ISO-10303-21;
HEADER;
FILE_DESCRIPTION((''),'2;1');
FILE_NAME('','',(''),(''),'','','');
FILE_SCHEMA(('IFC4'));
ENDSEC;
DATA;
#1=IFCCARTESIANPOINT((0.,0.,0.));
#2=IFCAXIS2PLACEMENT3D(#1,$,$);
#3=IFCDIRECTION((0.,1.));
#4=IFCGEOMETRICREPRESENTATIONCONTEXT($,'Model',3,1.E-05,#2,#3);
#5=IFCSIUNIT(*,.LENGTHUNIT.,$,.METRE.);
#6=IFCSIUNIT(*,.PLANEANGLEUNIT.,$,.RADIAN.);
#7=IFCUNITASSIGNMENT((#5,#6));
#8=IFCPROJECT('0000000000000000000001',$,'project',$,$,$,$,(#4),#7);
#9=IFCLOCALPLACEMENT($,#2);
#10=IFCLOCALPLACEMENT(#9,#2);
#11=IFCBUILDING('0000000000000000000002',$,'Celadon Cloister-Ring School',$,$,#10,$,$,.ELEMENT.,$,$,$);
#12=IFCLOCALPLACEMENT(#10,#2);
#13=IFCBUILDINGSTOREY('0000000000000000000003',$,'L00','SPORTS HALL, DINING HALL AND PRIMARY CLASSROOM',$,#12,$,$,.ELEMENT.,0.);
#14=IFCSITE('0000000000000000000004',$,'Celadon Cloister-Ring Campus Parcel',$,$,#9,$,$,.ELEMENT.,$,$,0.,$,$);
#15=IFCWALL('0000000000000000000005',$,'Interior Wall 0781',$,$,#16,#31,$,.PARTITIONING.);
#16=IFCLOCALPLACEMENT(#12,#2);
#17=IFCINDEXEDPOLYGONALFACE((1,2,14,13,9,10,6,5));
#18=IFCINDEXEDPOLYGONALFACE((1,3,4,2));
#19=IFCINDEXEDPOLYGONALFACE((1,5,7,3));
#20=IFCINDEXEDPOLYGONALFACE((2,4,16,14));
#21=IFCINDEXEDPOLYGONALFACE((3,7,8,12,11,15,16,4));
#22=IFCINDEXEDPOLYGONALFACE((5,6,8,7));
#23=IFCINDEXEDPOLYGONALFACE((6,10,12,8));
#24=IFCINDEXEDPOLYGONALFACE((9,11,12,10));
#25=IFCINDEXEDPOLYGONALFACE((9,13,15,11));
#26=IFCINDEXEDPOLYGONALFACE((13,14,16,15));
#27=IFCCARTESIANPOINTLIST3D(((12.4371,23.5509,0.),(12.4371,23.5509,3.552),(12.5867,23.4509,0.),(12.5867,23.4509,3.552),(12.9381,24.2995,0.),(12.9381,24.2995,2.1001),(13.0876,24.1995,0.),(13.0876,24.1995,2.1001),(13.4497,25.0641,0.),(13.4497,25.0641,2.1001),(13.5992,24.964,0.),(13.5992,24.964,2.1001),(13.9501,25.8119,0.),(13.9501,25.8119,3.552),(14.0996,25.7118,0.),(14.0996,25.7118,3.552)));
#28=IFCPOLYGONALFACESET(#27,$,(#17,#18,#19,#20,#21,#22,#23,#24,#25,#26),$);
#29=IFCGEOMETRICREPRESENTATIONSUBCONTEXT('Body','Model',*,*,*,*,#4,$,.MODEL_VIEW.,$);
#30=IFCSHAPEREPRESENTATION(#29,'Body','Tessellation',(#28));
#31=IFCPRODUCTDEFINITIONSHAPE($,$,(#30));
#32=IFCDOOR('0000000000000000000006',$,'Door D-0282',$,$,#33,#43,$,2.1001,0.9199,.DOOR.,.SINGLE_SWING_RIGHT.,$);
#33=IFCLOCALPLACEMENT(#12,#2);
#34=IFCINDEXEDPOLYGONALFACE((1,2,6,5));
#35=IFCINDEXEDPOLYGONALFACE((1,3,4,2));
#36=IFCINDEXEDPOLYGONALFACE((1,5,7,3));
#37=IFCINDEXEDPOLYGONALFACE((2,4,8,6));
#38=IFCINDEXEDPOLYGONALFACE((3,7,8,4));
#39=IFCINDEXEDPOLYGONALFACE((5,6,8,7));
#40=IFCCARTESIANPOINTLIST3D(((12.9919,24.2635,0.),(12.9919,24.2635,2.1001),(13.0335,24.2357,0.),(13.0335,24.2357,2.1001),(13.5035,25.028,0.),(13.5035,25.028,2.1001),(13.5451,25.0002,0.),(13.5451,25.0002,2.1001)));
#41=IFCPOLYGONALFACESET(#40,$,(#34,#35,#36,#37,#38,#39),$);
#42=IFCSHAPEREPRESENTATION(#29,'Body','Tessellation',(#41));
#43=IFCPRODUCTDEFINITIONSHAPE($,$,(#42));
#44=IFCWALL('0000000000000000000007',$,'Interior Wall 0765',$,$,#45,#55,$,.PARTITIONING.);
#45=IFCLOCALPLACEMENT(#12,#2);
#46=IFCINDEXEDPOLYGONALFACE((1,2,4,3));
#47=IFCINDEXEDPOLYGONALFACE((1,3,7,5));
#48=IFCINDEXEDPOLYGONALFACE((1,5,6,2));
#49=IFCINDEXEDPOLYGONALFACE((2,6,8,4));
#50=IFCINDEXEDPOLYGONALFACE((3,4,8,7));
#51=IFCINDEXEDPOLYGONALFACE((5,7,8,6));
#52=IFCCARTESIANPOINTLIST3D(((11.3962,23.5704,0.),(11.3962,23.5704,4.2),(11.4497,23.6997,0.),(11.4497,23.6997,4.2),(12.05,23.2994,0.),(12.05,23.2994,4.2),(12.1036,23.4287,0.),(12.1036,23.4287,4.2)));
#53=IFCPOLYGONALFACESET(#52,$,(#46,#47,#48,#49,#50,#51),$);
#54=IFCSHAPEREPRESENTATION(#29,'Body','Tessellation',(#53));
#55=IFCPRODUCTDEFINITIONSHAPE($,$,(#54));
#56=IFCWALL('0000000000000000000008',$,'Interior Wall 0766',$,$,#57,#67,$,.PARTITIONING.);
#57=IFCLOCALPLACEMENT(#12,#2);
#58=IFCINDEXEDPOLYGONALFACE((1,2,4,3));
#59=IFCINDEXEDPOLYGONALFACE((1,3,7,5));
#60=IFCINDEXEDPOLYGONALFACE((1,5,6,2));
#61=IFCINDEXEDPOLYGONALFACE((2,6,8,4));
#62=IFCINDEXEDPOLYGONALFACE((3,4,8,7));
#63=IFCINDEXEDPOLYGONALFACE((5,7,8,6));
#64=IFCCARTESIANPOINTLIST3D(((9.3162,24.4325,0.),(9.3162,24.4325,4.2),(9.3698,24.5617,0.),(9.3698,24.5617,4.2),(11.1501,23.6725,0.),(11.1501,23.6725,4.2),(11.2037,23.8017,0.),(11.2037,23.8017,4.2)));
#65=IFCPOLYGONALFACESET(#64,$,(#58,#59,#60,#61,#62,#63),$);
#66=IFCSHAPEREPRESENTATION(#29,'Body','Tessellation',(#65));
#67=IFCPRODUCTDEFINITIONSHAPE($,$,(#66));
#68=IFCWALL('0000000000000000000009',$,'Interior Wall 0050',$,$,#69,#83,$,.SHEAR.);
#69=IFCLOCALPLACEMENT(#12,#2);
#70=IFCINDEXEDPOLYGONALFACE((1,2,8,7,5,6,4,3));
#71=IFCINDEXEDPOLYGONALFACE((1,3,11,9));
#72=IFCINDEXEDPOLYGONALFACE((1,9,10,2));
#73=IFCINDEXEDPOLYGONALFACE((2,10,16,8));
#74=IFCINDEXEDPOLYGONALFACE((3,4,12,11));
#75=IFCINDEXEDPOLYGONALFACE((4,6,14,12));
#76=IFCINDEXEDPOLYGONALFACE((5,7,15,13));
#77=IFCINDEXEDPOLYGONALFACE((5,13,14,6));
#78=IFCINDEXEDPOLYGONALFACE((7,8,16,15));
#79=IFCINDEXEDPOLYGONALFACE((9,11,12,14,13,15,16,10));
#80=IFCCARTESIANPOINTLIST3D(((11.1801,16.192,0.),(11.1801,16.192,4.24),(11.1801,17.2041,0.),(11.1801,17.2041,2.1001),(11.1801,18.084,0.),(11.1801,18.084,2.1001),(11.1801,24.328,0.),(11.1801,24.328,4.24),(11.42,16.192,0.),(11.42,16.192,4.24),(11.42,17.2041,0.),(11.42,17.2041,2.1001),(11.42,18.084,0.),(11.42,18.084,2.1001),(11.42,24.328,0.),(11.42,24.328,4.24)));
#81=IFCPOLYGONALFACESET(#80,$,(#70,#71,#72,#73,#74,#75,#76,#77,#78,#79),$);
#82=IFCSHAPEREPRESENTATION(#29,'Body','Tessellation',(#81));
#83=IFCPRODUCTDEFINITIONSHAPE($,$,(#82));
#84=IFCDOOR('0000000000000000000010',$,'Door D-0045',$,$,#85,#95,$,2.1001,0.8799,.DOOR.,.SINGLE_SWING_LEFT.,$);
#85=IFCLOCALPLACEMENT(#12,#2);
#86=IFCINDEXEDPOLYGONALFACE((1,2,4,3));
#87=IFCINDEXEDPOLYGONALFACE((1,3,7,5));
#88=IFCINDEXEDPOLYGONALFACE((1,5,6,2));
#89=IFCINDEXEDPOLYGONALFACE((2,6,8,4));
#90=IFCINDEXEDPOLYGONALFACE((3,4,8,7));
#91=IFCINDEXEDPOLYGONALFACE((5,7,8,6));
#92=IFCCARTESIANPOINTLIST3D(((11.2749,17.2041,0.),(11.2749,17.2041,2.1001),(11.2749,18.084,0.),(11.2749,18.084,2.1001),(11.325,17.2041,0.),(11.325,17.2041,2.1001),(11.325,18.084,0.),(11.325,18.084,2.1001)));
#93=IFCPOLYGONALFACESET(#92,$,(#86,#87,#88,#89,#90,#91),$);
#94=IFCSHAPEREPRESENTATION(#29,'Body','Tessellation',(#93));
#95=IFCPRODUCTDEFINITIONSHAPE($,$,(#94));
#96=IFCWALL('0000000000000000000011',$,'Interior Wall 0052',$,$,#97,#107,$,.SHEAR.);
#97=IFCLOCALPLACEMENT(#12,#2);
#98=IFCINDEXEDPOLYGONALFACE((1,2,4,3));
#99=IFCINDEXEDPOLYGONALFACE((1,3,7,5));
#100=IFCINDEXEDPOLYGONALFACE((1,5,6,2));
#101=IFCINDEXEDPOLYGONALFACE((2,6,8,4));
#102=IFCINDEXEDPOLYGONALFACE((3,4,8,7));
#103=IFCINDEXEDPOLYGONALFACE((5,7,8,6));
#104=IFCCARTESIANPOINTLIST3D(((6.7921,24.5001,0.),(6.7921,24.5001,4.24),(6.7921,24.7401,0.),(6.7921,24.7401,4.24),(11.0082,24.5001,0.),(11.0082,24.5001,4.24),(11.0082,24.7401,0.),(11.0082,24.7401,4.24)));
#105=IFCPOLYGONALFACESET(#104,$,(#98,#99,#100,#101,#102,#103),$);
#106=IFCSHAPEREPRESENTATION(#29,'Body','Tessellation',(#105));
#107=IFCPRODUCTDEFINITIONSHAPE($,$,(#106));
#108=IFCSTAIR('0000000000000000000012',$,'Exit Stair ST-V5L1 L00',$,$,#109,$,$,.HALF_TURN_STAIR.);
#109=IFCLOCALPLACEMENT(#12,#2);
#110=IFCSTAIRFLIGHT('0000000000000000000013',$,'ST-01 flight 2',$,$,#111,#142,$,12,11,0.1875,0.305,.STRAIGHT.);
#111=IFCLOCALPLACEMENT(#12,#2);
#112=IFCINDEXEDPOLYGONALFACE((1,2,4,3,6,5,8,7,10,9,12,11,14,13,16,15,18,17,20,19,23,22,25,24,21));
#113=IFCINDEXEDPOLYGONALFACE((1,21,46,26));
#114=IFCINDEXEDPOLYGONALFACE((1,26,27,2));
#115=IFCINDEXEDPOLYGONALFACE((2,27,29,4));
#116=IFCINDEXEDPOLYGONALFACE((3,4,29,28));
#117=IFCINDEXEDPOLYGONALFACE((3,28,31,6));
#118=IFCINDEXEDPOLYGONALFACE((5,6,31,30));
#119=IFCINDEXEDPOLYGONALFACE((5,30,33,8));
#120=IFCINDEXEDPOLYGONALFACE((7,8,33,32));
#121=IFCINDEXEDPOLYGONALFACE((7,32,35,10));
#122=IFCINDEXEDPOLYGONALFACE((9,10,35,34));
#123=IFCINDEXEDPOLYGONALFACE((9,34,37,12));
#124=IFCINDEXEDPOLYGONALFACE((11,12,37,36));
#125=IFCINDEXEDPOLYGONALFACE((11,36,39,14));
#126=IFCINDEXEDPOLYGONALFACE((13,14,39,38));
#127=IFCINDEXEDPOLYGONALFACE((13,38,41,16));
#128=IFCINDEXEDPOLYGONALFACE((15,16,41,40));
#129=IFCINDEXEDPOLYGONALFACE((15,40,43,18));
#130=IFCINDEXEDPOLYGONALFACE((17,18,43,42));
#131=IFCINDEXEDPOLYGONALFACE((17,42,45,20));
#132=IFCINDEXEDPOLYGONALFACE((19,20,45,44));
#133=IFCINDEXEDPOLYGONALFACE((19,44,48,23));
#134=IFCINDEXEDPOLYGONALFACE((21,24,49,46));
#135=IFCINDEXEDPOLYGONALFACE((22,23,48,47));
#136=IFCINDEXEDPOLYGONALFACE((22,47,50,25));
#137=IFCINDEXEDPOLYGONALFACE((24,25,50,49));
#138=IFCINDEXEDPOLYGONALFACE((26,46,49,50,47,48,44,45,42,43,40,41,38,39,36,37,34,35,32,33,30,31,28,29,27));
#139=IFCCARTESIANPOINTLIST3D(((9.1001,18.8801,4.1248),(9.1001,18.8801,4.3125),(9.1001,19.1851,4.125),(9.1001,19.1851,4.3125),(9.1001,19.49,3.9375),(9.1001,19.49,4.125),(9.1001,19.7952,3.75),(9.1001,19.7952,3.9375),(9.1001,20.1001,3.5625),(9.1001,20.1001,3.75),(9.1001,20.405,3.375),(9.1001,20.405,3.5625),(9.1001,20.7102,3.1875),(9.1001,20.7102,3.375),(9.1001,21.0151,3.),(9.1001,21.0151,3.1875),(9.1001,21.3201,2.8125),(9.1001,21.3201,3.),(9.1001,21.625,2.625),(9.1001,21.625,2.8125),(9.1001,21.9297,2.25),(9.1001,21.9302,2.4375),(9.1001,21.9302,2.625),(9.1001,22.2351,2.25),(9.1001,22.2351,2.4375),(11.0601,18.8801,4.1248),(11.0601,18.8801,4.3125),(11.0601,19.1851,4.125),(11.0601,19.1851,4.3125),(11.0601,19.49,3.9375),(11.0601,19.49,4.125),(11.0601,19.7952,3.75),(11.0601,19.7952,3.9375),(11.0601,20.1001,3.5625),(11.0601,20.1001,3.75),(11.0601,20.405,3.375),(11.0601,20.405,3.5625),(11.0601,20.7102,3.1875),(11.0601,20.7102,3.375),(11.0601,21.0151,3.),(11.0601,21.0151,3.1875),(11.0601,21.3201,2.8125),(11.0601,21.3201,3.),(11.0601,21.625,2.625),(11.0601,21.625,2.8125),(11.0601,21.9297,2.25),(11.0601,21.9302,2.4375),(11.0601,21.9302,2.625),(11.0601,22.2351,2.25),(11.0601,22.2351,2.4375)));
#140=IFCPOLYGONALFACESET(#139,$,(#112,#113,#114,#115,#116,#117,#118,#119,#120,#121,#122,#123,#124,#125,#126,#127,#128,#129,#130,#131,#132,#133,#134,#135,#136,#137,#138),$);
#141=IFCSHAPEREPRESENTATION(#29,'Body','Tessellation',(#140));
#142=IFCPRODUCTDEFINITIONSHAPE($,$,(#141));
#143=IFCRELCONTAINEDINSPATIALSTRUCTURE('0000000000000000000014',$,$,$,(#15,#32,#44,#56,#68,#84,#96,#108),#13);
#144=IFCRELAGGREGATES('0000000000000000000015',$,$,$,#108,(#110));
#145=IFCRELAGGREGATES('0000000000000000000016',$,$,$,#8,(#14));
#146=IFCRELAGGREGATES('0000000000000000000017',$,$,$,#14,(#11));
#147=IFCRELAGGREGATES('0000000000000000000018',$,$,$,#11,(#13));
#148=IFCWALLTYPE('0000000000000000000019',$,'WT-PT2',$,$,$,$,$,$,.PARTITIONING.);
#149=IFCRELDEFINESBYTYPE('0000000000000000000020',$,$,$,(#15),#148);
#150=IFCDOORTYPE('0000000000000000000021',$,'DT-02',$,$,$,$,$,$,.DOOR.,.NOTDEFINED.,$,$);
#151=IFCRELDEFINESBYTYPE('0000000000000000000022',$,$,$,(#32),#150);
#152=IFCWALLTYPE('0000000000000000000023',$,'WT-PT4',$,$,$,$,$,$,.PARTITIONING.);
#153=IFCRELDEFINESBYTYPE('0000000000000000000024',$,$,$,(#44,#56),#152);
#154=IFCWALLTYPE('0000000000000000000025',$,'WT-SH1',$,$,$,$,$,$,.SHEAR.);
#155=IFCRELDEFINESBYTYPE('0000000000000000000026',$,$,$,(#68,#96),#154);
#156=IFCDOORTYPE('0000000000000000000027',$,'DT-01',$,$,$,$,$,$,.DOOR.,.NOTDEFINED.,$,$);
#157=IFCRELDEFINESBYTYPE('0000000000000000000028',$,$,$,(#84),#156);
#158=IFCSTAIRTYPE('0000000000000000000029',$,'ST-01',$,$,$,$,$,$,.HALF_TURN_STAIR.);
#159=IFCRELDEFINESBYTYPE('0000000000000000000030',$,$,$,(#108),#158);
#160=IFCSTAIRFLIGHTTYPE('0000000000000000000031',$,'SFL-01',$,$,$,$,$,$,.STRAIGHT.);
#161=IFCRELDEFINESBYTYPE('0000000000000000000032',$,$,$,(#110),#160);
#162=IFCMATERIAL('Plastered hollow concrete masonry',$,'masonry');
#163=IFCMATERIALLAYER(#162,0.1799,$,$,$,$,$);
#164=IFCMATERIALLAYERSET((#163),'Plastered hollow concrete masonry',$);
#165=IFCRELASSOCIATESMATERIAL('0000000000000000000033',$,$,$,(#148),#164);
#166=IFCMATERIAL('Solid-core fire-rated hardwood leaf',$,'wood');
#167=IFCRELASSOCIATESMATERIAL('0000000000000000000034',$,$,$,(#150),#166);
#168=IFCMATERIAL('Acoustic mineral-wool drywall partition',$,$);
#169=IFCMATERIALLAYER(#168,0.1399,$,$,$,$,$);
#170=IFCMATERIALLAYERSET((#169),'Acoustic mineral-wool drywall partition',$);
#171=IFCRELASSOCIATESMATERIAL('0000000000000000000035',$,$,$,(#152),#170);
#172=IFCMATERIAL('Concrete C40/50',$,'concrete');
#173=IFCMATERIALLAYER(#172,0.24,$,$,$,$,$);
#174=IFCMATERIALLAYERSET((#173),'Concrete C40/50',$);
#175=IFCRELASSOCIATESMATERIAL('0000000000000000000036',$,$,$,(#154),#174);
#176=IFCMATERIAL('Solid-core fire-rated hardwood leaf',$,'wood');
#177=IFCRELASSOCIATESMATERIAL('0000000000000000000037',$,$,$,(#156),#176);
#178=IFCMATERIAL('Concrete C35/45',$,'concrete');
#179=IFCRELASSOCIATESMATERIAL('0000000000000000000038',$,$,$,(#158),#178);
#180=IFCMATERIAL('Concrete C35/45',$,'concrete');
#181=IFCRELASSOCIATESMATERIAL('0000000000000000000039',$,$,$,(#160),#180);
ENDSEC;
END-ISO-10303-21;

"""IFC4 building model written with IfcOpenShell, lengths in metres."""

from ifc_helpers import new_model, si_unit, direction, frame, frame_2d, origin, place, context, subcontext, project, spatial, polyline, rectangle, outline, extrude, material, layer, layer_set, type_object, element, fill, aggregate, save


model = new_model("IFC4")

# Units and contexts
model_context = context("Model", 3, precision=1e-05, world=origin(), true_north=direction((0.0, 1.0)))
body_context = subcontext(model_context, "Body", "Model", "MODEL_VIEW")
ifc_project = project(units=[si_unit("LENGTHUNIT", "METRE"), si_unit("PLANEANGLEUNIT", "RADIAN")], contexts=[model_context])

# Site, building, storey
site_placement = place(None, origin())
site = spatial("IfcSite", under=ifc_project, at=site_placement, Name="Celadon Cloister-Ring Campus Parcel", CompositionType="ELEMENT", RefElevation=0.0)
building_placement = place(site_placement, origin())
building = spatial("IfcBuilding", under=site, at=building_placement, Name="Celadon Cloister-Ring School", CompositionType="ELEMENT")
storey_placement = place(building_placement, origin())
storey = spatial("IfcBuildingStorey", under=building, at=storey_placement, Name="L00", Description="SPORTS HALL, DINING HALL AND PRIMARY CLASSROOM", CompositionType="ELEMENT", Elevation=0.0)

# Wall, opening, door
ifc_material_1 = material(Name="Plastered hollow concrete masonry", Category="masonry")
ifc_layer_1 = layer(ifc_material_1, 0.1799)
ifc_layer_set_1 = layer_set([ifc_layer_1], Name="Plastered hollow concrete masonry")
wall_type_1 = type_object("IfcWallType", Name="WT-PT2", PredefinedType="PARTITIONING", material=ifc_layer_set_1)
wall_1_placement = place(storey_placement, frame((14.0249, 25.762, 0.0), z_axis=(0.0, 0.0, 1.0), x_axis=(-0.556128, -0.831096, 0.0)))
wall_1 = element("IfcWall", 1, at=wall_1_placement, inside=storey, type_object=wall_type_1, Name="Interior Wall 0781", PredefinedType="PARTITIONING", context=body_context, shape_type="SweptSolid", body=[
    extrude(rectangle(XDim=2.7205, YDim=0.1799, at=frame_2d((1.3604, 0.0))), origin(), (0.0, 0.0, 1.0), 3.552),
])
opening_1_placement = place(wall_1_placement, frame((0.8999, 0.0, 0.0)))
opening_1 = element("IfcOpeningElement", 2, at=opening_1_placement, cuts=wall_1, PredefinedType="OPENING", context=body_context, shape_type="SweptSolid", body=[
    extrude(rectangle(XDim=0.9199, YDim=2.1001, at=frame_2d((0.46, 1.05))), frame((0.0, 0.1001, 0.0), z_axis=(0.0, -1.0, 0.0), x_axis=(1.0, 0.0, 0.0)), (0.0, 0.0, 1.0), 0.2),
])
ifc_material_2 = material(Name="Solid-core fire-rated hardwood leaf", Category="wood")
door_type_1 = type_object("IfcDoorType", Name="DT-02", OperationType="NOTDEFINED", PredefinedType="DOOR", material=ifc_material_2)
door_1_placement = place(opening_1_placement, origin())
door_1 = element("IfcDoor", 3, at=door_1_placement, inside=storey, type_object=door_type_1, Name="Door D-0282", OperationType="SINGLE_SWING_RIGHT", OverallHeight=2.1001, OverallWidth=0.9199, PredefinedType="DOOR", context=body_context, shape_type="SweptSolid", body=[
    extrude(rectangle(XDim=0.9199, YDim=2.1001, at=frame_2d((0.46, 1.05))), frame((0.0, 0.0249, 0.0), z_axis=(0.0, -1.0, 0.0), x_axis=(1.0, 0.0, 0.0)), (0.0, 0.0, 1.0), 0.05),
])
fill(opening_1, door_1)

# Walls
ifc_material_3 = material(Name="Acoustic mineral-wool drywall partition")
ifc_layer_2 = layer(ifc_material_3, 0.1399)
ifc_layer_set_2 = layer_set([ifc_layer_2], Name="Acoustic mineral-wool drywall partition")
wall_type_2 = type_object("IfcWallType", Name="WT-PT4", PredefinedType="PARTITIONING", material=ifc_layer_set_2)
wall_2_placement = place(storey_placement, frame((12.0769, 23.364, 0.0), z_axis=(0.0, 0.0, 1.0), x_axis=(-0.92379, 0.3829, 0.0)))
element("IfcWall", 4, at=wall_2_placement, inside=storey, type_object=wall_type_2, Name="Interior Wall 0765", PredefinedType="PARTITIONING", context=body_context, shape_type="SweptSolid", body=[
    extrude(rectangle(XDim=0.7078, YDim=0.1399, at=frame_2d((0.354, 0.0))), origin(), (0.0, 0.0, 1.0), 4.2),
])
wall_3_placement = place(storey_placement, frame((11.177, 23.7371, 0.0), z_axis=(0.0, 0.0, 1.0), x_axis=(-0.923817, 0.382833, 0.0)))
element("IfcWall", 5, at=wall_3_placement, inside=storey, type_object=wall_type_2, Name="Interior Wall 0766", PredefinedType="PARTITIONING", context=body_context, shape_type="SweptSolid", body=[
    extrude(rectangle(XDim=1.9851, YDim=0.1399, at=frame_2d((0.9927, 0.0))), origin(), (0.0, 0.0, 1.0), 4.2),
])

# Wall, opening, door
ifc_material_4 = material(Name="Concrete C40/50", Category="concrete")
ifc_layer_3 = layer(ifc_material_4, 0.24)
ifc_layer_set_3 = layer_set([ifc_layer_3], Name="Concrete C40/50")
wall_type_3 = type_object("IfcWallType", Name="WT-SH1", PredefinedType="SHEAR", material=ifc_layer_set_3)
wall_4_placement = place(storey_placement, frame((11.3, 24.3279, 0.0), z_axis=(0.0, 0.0, 1.0), x_axis=(0.0, -1.0, 0.0)))
wall_4 = element("IfcWall", 6, at=wall_4_placement, inside=storey, type_object=wall_type_3, Name="Interior Wall 0050", PredefinedType="SHEAR", context=body_context, shape_type="SweptSolid", body=[
    extrude(rectangle(XDim=8.136, YDim=0.24, at=frame_2d((4.0679, 0.0))), origin(), (0.0, 0.0, 1.0), 4.24),
])
opening_2_placement = place(wall_4_placement, frame((6.2439, 0.0, 0.0)))
opening_2 = element("IfcOpeningElement", 7, at=opening_2_placement, cuts=wall_4, PredefinedType="OPENING", context=body_context, shape_type="SweptSolid", body=[
    extrude(rectangle(XDim=0.8799, YDim=2.1001, at=frame_2d((0.4399, 1.05))), frame((0.0, 0.1299, 0.0), z_axis=(0.0, -1.0, 0.0), x_axis=(1.0, 0.0, 0.0)), (0.0, 0.0, 1.0), 0.26),
])
ifc_material_5 = material(Name="Solid-core fire-rated hardwood leaf", Category="wood")
door_type_2 = type_object("IfcDoorType", Name="DT-01", OperationType="NOTDEFINED", PredefinedType="DOOR", material=ifc_material_5)
door_2_placement = place(opening_2_placement, origin())
door_2 = element("IfcDoor", 8, at=door_2_placement, inside=storey, type_object=door_type_2, Name="Door D-0045", OperationType="SINGLE_SWING_LEFT", OverallHeight=2.1001, OverallWidth=0.8799, PredefinedType="DOOR", context=body_context, shape_type="SweptSolid", body=[
    extrude(rectangle(XDim=0.8799, YDim=2.1001, at=frame_2d((0.4399, 1.05))), frame((0.0, 0.0249, 0.0), z_axis=(0.0, -1.0, 0.0), x_axis=(1.0, 0.0, 0.0)), (0.0, 0.0, 1.0), 0.05),
])
fill(opening_2, door_2)

# Wall
wall_5_placement = place(storey_placement, frame((11.0081, 24.6201, 0.0), z_axis=(0.0, 0.0, 1.0), x_axis=(-1.0, 0.0, 0.0)))
element("IfcWall", 9, at=wall_5_placement, inside=storey, type_object=wall_type_3, Name="Interior Wall 0052", PredefinedType="SHEAR", context=body_context, shape_type="SweptSolid", body=[
    extrude(rectangle(XDim=4.2161, YDim=0.24, at=frame_2d((2.1079, 0.0))), origin(), (0.0, 0.0, 1.0), 4.24),
])

# Stair, stair flight
ifc_material_6 = material(Name="Concrete C35/45", Category="concrete")
stair_type = type_object("IfcStairType", Name="ST-01", PredefinedType="HALF_TURN_STAIR", material=ifc_material_6)
stair_placement = place(storey_placement, origin())
stair = element("IfcStair", 10, at=stair_placement, inside=storey, type_object=stair_type, Name="Exit Stair ST-V5L1 L00", PredefinedType="HALF_TURN_STAIR")
ifc_material_7 = material(Name="Concrete C35/45", Category="concrete")
stair_flight_type = type_object("IfcStairFlightType", Name="SFL-01", PredefinedType="STRAIGHT", material=ifc_material_7)
stair_flight_placement = place(storey_placement, frame((10.0801, 22.2351, 2.25), z_axis=(0.0, 0.0, 1.0), x_axis=(0.0, -1.0, 0.0)))
stair_flight = element("IfcStairFlight", 11, at=stair_flight_placement, type_object=stair_flight_type, Name="ST-01 flight 2", NumberOfRisers=12, NumberOfTreads=11, PredefinedType="STRAIGHT", RiserHeight=0.1875, TreadLength=0.305, context=body_context, shape_type="SweptSolid", body=[
    extrude(outline(polyline([(0.0, 0.0), (0.0, 0.1875), (0.3049, 0.1875), (0.3049, 0.375), (0.6101, 0.375), (0.6101, 0.5625), (0.915, 0.5625), (0.915, 0.75), (1.22, 0.75), (1.22, 0.9375), (1.5249, 0.9375), (1.5249, 1.125), (1.8301, 1.125), (1.8301, 1.3125), (2.135, 1.3125), (2.135, 1.5), (2.4399, 1.5), (2.4399, 1.6875), (2.7451, 1.6875), (2.7451, 1.875), (3.05, 1.875), (3.05, 2.0625), (3.355, 2.0625), (3.355, 2.25), (3.355, 1.8748), (0.3054, 0.0), (0.0, 0.0)])), frame((0.0, 0.98, 0.0), z_axis=(0.0, -1.0, 0.0), x_axis=(1.0, 0.0, 0.0)), (0.0, 0.0, 1.0), 1.96),
])
aggregate(stair, [stair_flight])

save(model, "model.ifc")
